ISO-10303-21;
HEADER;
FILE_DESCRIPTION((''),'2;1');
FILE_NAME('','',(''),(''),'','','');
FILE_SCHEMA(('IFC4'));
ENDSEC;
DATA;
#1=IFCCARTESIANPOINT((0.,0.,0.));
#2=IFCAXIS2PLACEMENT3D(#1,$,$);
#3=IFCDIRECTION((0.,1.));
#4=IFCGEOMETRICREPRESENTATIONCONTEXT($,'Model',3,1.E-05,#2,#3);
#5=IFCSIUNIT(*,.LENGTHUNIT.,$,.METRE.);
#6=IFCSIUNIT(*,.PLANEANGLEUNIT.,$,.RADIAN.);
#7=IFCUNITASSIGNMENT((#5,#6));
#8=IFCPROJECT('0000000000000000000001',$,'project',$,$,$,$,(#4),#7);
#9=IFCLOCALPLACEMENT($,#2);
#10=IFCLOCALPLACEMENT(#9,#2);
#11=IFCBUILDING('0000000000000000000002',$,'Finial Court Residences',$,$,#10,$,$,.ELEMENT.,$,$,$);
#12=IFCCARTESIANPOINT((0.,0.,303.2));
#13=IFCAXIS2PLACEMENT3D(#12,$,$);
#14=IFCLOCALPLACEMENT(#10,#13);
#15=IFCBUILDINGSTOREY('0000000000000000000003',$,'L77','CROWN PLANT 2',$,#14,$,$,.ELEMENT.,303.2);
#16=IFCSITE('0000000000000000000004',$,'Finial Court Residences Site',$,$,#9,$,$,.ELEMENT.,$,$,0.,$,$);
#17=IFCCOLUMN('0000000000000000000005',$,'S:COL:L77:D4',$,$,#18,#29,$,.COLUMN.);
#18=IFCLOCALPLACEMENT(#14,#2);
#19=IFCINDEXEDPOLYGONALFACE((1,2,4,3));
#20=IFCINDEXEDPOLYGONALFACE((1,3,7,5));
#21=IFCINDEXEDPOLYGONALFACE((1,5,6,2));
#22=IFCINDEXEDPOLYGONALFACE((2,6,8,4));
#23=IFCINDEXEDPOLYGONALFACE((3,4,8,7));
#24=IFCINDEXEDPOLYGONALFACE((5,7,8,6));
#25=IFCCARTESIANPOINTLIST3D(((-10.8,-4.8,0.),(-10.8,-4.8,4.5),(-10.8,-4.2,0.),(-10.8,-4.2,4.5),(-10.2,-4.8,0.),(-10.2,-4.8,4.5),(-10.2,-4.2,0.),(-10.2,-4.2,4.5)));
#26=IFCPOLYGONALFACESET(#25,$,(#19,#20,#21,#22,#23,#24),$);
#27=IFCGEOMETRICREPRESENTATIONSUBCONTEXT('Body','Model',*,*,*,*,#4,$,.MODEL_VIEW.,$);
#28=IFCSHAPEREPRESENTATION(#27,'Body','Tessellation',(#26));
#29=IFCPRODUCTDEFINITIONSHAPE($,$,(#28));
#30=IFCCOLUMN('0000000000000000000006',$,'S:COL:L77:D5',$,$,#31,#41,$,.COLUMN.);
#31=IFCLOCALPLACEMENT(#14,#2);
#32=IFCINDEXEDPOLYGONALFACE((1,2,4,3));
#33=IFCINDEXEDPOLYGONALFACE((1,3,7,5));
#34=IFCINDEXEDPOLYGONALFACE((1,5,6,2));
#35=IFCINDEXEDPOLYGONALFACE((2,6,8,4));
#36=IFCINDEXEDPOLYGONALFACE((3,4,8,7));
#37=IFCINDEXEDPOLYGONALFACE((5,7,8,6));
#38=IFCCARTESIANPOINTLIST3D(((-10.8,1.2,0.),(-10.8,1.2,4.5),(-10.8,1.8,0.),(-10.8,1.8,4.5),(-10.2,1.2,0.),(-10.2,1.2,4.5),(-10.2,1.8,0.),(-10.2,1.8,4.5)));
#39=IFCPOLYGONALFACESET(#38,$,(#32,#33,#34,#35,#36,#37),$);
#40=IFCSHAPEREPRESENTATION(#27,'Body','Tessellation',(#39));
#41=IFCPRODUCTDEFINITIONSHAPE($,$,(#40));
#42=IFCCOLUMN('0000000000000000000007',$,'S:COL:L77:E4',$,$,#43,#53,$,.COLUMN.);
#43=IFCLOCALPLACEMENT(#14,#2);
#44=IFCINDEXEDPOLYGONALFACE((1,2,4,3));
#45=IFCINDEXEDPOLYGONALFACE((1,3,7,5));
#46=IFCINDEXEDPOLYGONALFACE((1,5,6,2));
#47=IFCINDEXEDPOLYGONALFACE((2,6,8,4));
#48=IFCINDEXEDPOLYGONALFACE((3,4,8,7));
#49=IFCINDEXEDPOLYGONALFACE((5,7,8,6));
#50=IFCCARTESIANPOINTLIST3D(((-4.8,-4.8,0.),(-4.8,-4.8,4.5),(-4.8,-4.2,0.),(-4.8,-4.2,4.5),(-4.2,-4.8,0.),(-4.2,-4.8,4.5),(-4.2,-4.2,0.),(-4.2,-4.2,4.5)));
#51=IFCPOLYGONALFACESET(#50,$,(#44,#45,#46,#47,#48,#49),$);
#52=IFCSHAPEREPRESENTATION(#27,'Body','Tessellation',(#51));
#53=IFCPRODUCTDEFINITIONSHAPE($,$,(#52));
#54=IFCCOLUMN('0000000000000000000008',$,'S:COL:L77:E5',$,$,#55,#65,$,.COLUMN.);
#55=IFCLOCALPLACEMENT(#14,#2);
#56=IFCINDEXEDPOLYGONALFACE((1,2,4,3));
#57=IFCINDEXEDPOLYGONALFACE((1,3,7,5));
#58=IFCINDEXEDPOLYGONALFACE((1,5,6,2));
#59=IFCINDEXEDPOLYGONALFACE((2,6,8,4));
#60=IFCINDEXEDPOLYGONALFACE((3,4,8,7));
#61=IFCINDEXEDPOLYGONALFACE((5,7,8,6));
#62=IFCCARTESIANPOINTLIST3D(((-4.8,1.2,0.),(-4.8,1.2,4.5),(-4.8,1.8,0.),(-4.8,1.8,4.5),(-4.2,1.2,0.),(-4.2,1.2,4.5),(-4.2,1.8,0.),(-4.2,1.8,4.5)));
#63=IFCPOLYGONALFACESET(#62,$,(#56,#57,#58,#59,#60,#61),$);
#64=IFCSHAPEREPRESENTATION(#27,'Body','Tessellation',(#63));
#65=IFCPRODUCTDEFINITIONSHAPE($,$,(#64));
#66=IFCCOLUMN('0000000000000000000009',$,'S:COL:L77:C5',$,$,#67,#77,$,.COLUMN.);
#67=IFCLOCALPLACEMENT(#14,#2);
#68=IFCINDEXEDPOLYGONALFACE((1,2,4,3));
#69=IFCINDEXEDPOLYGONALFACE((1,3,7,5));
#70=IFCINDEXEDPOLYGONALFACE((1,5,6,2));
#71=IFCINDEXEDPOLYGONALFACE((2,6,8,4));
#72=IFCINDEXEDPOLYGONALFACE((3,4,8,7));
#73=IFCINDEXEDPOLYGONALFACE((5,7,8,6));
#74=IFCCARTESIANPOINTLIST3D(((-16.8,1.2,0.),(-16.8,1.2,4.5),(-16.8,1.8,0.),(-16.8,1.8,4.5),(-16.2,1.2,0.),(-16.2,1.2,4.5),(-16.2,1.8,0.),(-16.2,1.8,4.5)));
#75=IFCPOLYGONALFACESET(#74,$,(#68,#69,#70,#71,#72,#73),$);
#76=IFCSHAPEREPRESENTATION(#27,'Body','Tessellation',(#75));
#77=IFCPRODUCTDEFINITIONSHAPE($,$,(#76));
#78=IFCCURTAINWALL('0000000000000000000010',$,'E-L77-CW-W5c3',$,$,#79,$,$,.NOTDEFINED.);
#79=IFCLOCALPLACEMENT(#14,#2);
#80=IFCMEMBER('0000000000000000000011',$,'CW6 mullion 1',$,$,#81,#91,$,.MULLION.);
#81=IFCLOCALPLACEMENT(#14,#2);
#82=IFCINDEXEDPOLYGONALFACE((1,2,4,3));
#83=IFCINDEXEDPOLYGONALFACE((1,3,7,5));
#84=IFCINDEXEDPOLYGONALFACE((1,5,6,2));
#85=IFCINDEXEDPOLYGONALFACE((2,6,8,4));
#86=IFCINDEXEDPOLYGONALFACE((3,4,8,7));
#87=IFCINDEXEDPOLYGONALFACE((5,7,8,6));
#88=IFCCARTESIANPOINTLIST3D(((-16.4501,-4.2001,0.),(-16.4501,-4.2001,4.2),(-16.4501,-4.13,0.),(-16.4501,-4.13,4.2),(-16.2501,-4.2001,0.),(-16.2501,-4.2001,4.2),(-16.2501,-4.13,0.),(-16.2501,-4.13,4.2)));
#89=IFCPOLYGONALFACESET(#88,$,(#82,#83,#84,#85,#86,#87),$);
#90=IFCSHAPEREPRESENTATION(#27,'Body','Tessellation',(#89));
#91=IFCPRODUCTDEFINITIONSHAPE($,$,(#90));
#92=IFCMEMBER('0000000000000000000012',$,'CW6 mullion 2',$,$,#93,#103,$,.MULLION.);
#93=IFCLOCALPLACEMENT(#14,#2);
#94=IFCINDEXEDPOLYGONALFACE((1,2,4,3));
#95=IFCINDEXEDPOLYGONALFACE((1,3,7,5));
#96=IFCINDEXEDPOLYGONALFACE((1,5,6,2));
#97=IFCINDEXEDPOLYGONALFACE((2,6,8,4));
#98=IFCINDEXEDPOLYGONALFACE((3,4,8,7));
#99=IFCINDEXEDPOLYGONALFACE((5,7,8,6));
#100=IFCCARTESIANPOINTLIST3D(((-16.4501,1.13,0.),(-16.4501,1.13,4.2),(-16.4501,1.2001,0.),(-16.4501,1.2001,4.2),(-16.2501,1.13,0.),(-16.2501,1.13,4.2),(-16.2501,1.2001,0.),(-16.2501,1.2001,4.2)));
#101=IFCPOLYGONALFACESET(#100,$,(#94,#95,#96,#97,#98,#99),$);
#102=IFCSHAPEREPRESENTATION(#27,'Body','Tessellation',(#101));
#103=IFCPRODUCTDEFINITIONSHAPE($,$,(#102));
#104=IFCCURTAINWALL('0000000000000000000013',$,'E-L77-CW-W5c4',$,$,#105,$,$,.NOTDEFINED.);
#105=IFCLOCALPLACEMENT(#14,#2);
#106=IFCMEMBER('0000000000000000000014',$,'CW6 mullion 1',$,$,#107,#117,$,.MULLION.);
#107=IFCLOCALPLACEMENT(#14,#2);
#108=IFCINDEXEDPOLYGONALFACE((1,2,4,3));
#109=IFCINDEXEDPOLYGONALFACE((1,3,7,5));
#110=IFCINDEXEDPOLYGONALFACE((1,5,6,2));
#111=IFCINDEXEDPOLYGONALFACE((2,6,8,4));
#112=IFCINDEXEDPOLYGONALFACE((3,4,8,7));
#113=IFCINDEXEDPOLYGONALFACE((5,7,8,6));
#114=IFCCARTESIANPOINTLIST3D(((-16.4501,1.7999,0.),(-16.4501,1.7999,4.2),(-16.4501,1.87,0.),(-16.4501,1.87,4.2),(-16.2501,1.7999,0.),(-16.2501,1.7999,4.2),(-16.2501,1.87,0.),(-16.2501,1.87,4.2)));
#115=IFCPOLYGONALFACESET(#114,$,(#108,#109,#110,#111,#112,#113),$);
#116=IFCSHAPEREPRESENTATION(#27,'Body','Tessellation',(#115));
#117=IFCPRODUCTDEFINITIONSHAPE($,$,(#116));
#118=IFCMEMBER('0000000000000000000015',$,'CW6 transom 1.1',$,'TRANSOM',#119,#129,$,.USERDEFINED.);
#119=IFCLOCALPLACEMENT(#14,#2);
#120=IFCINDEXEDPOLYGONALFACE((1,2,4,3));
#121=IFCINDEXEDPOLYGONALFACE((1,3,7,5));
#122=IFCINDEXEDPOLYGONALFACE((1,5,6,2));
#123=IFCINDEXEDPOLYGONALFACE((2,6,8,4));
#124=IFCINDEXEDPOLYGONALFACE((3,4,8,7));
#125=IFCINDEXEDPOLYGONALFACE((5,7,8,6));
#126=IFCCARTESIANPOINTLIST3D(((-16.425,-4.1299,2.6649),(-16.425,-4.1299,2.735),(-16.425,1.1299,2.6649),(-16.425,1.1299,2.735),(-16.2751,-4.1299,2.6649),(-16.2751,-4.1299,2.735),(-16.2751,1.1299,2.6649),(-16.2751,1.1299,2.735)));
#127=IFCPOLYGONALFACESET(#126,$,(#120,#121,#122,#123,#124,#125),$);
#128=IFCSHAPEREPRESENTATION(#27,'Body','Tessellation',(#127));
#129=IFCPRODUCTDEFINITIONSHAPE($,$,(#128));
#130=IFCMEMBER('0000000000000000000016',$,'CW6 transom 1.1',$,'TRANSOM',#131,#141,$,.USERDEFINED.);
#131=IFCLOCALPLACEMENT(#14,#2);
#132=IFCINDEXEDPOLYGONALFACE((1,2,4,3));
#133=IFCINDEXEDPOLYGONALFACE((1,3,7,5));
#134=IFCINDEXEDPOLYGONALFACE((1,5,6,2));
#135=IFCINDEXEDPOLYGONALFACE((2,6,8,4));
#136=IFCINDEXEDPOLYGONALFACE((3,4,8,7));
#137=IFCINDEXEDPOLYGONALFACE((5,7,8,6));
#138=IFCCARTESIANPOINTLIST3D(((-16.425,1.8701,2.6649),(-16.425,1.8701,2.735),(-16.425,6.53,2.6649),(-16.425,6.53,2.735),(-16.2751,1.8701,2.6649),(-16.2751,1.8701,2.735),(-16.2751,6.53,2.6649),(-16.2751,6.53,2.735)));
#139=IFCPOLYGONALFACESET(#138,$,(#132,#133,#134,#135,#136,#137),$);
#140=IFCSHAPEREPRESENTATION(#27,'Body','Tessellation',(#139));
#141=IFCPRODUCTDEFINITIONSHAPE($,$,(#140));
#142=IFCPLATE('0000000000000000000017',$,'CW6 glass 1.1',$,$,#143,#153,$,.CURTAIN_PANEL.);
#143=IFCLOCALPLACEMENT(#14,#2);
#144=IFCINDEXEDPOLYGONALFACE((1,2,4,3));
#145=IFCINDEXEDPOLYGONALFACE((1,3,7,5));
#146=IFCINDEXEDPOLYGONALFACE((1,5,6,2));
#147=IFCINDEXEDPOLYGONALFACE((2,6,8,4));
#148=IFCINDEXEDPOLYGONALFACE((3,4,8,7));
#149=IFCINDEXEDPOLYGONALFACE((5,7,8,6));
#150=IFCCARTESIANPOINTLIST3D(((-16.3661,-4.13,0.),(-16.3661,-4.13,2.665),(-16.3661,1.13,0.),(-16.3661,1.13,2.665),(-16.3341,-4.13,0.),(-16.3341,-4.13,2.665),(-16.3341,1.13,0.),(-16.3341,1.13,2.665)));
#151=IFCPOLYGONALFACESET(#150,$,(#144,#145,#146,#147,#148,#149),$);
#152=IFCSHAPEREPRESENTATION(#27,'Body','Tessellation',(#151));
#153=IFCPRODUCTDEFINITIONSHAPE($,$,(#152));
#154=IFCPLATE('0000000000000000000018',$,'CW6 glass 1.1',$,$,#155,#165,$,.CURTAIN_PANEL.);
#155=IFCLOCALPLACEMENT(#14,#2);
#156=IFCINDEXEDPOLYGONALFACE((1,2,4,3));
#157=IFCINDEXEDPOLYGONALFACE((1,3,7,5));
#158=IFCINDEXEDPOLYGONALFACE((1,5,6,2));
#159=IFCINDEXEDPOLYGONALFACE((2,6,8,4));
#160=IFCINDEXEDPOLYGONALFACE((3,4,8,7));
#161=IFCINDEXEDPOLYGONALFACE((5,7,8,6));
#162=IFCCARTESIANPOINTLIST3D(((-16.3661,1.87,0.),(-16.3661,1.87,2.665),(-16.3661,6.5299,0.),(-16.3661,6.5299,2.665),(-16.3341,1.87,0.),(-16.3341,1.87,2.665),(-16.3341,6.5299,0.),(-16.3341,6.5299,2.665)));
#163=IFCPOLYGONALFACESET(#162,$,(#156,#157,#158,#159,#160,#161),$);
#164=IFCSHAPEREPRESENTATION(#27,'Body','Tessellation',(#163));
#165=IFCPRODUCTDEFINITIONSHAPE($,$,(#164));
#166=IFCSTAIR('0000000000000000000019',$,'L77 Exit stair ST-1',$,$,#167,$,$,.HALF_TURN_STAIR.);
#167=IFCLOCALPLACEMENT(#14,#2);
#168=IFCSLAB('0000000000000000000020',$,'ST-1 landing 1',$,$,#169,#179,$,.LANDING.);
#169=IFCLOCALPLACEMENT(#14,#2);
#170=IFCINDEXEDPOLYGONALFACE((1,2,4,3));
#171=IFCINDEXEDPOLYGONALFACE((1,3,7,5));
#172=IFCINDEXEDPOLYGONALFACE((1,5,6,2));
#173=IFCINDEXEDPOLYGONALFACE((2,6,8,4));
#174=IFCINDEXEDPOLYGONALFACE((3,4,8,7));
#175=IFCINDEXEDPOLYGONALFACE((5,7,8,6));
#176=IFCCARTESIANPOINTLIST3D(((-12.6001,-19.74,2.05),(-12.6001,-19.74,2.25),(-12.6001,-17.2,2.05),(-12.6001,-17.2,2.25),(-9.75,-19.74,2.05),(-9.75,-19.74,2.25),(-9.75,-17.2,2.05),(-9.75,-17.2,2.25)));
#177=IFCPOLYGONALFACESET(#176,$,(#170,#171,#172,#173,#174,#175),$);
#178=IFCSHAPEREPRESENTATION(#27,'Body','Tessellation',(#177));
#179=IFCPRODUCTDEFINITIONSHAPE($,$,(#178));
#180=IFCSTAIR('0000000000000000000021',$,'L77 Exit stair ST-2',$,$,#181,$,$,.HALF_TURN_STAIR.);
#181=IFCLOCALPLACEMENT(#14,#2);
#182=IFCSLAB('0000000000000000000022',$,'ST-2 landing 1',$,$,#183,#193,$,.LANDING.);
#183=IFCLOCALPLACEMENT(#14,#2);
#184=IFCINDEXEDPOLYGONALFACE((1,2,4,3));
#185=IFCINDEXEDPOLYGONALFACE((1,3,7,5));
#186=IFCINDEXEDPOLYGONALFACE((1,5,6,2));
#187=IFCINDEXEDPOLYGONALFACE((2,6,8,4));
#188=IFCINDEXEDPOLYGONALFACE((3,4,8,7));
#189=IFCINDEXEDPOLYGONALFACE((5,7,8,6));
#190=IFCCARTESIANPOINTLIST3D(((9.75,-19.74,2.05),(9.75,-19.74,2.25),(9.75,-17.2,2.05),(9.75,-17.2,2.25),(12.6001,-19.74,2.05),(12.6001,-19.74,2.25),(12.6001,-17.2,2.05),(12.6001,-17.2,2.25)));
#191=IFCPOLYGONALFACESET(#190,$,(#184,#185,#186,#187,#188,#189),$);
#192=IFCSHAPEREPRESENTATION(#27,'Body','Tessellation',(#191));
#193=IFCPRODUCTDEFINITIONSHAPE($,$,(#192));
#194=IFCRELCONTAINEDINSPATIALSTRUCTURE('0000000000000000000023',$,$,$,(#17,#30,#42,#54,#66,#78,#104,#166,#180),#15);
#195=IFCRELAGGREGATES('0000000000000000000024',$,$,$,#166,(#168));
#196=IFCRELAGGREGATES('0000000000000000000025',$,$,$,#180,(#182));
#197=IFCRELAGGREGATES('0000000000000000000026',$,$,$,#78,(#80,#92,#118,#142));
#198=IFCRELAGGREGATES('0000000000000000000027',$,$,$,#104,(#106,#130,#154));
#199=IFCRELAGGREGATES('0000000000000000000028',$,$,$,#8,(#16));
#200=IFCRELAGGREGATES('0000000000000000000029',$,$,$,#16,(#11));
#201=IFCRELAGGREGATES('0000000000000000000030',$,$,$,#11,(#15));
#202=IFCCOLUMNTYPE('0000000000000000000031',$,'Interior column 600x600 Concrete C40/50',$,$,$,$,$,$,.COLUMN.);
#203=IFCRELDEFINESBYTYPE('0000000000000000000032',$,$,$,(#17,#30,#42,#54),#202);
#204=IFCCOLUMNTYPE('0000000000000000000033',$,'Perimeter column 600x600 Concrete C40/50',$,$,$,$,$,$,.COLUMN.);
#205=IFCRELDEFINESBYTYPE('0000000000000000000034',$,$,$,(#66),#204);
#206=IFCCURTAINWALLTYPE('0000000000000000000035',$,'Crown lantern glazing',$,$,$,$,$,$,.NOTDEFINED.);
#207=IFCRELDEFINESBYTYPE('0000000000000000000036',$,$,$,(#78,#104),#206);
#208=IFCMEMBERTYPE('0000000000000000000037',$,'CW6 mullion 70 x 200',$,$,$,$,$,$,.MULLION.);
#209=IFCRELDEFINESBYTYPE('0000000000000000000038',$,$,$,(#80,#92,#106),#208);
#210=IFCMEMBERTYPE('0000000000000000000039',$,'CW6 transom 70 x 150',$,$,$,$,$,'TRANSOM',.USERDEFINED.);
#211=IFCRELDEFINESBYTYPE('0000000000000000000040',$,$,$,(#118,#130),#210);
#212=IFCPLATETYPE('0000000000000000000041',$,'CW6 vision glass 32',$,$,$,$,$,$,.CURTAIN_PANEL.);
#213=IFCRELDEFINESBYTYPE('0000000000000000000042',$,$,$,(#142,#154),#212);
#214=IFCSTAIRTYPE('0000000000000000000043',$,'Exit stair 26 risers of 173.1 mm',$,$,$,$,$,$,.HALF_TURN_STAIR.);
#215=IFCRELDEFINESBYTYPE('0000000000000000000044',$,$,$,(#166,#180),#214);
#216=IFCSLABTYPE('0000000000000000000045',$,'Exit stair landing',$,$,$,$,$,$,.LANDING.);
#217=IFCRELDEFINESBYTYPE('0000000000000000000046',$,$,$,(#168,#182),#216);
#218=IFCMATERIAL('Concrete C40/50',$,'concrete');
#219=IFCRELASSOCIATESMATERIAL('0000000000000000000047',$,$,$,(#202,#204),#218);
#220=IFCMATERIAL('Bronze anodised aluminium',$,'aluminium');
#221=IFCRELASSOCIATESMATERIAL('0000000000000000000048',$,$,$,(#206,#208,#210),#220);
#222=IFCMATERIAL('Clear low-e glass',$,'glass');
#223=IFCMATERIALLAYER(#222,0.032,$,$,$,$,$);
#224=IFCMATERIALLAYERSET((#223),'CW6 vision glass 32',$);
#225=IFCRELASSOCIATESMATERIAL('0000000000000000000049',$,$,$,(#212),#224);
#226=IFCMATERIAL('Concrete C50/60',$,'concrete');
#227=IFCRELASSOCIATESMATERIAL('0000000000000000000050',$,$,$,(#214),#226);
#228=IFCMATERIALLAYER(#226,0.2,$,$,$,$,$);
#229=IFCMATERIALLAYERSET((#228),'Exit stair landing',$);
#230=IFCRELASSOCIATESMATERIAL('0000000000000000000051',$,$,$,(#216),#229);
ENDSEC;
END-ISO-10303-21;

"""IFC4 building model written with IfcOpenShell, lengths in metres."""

from ifc_helpers import new_model, si_unit, direction, frame, origin, origin_2d, place, context, subcontext, project, spatial, polyline, rectangle, outline, extrude, material, layer, layer_set, material_profile, profile_set, type_object, element, aggregate, save


model = new_model("IFC4")

# Units and contexts
model_context = context("Model", 3, precision=1e-05, world=origin(), true_north=direction((0.0, 1.0)))
body_context = subcontext(model_context, "Body", "Model", "MODEL_VIEW")
ifc_project = project(units=[si_unit("LENGTHUNIT", "METRE"), si_unit("PLANEANGLEUNIT", "RADIAN")], contexts=[model_context])

# Site, building, storey
site_placement = place(None, origin())
site = spatial("IfcSite", under=ifc_project, at=site_placement, Name="Finial Court Residences Site", CompositionType="ELEMENT", RefElevation=0.0)
building_placement = place(site_placement, origin())
building = spatial("IfcBuilding", under=site, at=building_placement, Name="Finial Court Residences", CompositionType="ELEMENT")
storey_placement = place(building_placement, frame((0.0, 0.0, 303.2)))
storey = spatial("IfcBuildingStorey", under=building, at=storey_placement, Name="L77", Description="CROWN PLANT 2", CompositionType="ELEMENT", Elevation=303.2)

# Columns
ifc_material_1 = material(Name="Concrete C40/50", Category="concrete")
ifc_material_profile_1 = material_profile(ifc_material_1, rectangle(XDim=0.6001, YDim=0.6001, at=origin_2d()), Name="600x600")
ifc_profile_set_1 = profile_set([ifc_material_profile_1], Name="Concrete C40/50")
column_type_1 = type_object("IfcColumnType", Name="Interior column 600x600 Concrete C40/50", PredefinedType="COLUMN", material=ifc_profile_set_1)
for number, where, z_axis, x_axis, name in (
    (1, (-10.5, -4.5, 0.0), (0.0, 0.0, 1.0), (1.0, 0.0, 0.0), "S:COL:L77:D4"),
    (2, (-10.5, 1.5, 0.0), (0.0, 0.0, 1.0), (1.0, 0.0, 0.0), "S:COL:L77:D5"),
    (3, (-4.5, -4.5, 0.0), (0.0, 0.0, 1.0), (1.0, 0.0, 0.0), "S:COL:L77:E4"),
    (4, (-4.5, 1.5, 0.0), (0.0, 0.0, 1.0), (1.0, 0.0, 0.0), "S:COL:L77:E5"),
):
    element("IfcColumn", number, at=place(storey_placement, frame(where, z_axis=z_axis, x_axis=x_axis)), inside=storey, type_object=column_type_1, Name=name, PredefinedType="COLUMN", context=body_context, shape_type="SweptSolid", body=[
        extrude(rectangle(XDim=0.6001, YDim=0.6001, at=origin_2d()), origin(), (0.0, 0.0, 1.0), 4.5),
    ])
ifc_material_profile_2 = material_profile(ifc_material_1, rectangle(XDim=0.6001, YDim=0.6001, at=origin_2d()), Name="600x600")
ifc_profile_set_2 = profile_set([ifc_material_profile_2], Name="Concrete C40/50")
column_type_2 = type_object("IfcColumnType", Name="Perimeter column 600x600 Concrete C40/50", PredefinedType="COLUMN", material=ifc_profile_set_2)
column_placement = place(storey_placement, frame((-16.5, 1.5, 0.0), z_axis=(0.0, 0.0, 1.0), x_axis=(1.0, 0.0, 0.0)))
element("IfcColumn", 5, at=column_placement, inside=storey, type_object=column_type_2, Name="S:COL:L77:C5", PredefinedType="COLUMN", context=body_context, shape_type="SweptSolid", body=[
    extrude(rectangle(XDim=0.6001, YDim=0.6001, at=origin_2d()), origin(), (0.0, 0.0, 1.0), 4.5),
])

# Curtain wall, members
ifc_material_2 = material(Name="Bronze anodised aluminium", Category="aluminium")
curtain_wall_type = type_object("IfcCurtainWallType", Name="Crown lantern glazing", PredefinedType="NOTDEFINED", material=ifc_material_2)
curtain_wall_1_placement = place(storey_placement, origin())
curtain_wall_1 = element("IfcCurtainWall", 6, at=curtain_wall_1_placement, inside=storey, type_object=curtain_wall_type, Name="E-L77-CW-W5c3", PredefinedType="NOTDEFINED")
ifc_material_profile_3 = material_profile(ifc_material_2, rectangle(XDim=0.2, YDim=0.0701, at=origin_2d()), Name="CW6 mullion 70 x 200")
ifc_profile_set_3 = profile_set([ifc_material_profile_3], Name="Bronze anodised aluminium")
member_type_1 = type_object("IfcMemberType", Name="CW6 mullion 70 x 200", PredefinedType="MULLION", material=ifc_profile_set_3)
member_1_placement = place(storey_placement, frame((-16.3501, -4.165, 0.0), z_axis=(0.0, 0.0, 1.0), x_axis=(-1.0, 0.0, 0.0)))
member_1 = element("IfcMember", 7, at=member_1_placement, type_object=member_type_1, Name="CW6 mullion 1", PredefinedType="MULLION", context=body_context, shape_type="SweptSolid", body=[
    extrude(rectangle(XDim=0.2, YDim=0.0701, at=origin_2d()), origin(), (0.0, 0.0, 1.0), 4.2),
])
member_2_placement = place(storey_placement, frame((-16.3501, 1.165, 0.0), z_axis=(0.0, 0.0, 1.0), x_axis=(-1.0, 0.0, 0.0)))
member_2 = element("IfcMember", 8, at=member_2_placement, type_object=member_type_1, Name="CW6 mullion 2", PredefinedType="MULLION", context=body_context, shape_type="SweptSolid", body=[
    extrude(rectangle(XDim=0.2, YDim=0.0701, at=origin_2d()), origin(), (0.0, 0.0, 1.0), 4.2),
])

# Curtain wall, member
curtain_wall_2_placement = place(storey_placement, origin())
curtain_wall_2 = element("IfcCurtainWall", 9, at=curtain_wall_2_placement, inside=storey, type_object=curtain_wall_type, Name="E-L77-CW-W5c4", PredefinedType="NOTDEFINED")
member_3_placement = place(storey_placement, frame((-16.3501, 1.835, 0.0), z_axis=(0.0, 0.0, 1.0), x_axis=(-1.0, 0.0, 0.0)))
member_3 = element("IfcMember", 10, at=member_3_placement, type_object=member_type_1, Name="CW6 mullion 1", PredefinedType="MULLION", context=body_context, shape_type="SweptSolid", body=[
    extrude(rectangle(XDim=0.2, YDim=0.0701, at=origin_2d()), origin(), (0.0, 0.0, 1.0), 4.2),
])

# Members
ifc_material_profile_4 = material_profile(ifc_material_2, rectangle(XDim=0.1499, YDim=0.0701, at=origin_2d()), Name="CW6 transom 70 x 150")
ifc_profile_set_4 = profile_set([ifc_material_profile_4], Name="Bronze anodised aluminium")
member_type_2 = type_object("IfcMemberType", Name="CW6 transom 70 x 150", ElementType="TRANSOM", PredefinedType="USERDEFINED", material=ifc_profile_set_4)
member_4_placement = place(storey_placement, frame((-16.3501, -4.1299, 2.7), z_axis=(0.0, 1.0, 0.0), x_axis=(-1.0, 0.0, 0.0)))
member_4 = element("IfcMember", 11, at=member_4_placement, type_object=member_type_2, Name="CW6 transom 1.1", ObjectType="TRANSOM", PredefinedType="USERDEFINED", context=body_context, shape_type="SweptSolid", body=[
    extrude(rectangle(XDim=0.1499, YDim=0.0701, at=origin_2d()), origin(), (0.0, 0.0, 1.0), 5.2598),
])
member_5_placement = place(storey_placement, frame((-16.3501, 1.8701, 2.7), z_axis=(0.0, 1.0, 0.0), x_axis=(-1.0, 0.0, 0.0)))
member_5 = element("IfcMember", 12, at=member_5_placement, type_object=member_type_2, Name="CW6 transom 1.1", ObjectType="TRANSOM", PredefinedType="USERDEFINED", context=body_context, shape_type="SweptSolid", body=[
    extrude(rectangle(XDim=0.1499, YDim=0.0701, at=origin_2d()), origin(), (0.0, 0.0, 1.0), 4.6599),
])

# Plates
ifc_material_3 = material(Name="Clear low-e glass", Category="glass")
ifc_layer_1 = layer(ifc_material_3, 0.032)
ifc_layer_set_1 = layer_set([ifc_layer_1], Name="CW6 vision glass 32")
plate_type = type_object("IfcPlateType", Name="CW6 vision glass 32", PredefinedType="CURTAIN_PANEL", material=ifc_layer_set_1)
plate_1_placement = place(storey_placement, frame((-16.3501, -1.5, 0.0), z_axis=(0.0, 0.0, 1.0), x_axis=(0.0, 1.0, 0.0)))
plate_1 = element("IfcPlate", 13, at=plate_1_placement, type_object=plate_type, Name="CW6 glass 1.1", PredefinedType="CURTAIN_PANEL", context=body_context, shape_type="SweptSolid", body=[
    extrude(rectangle(XDim=5.26, YDim=0.032, at=origin_2d()), origin(), (0.0, 0.0, 1.0), 2.665),
])
plate_2_placement = place(storey_placement, frame((-16.3501, 4.2, 0.0), z_axis=(0.0, 0.0, 1.0), x_axis=(0.0, 1.0, 0.0)))
plate_2 = element("IfcPlate", 14, at=plate_2_placement, type_object=plate_type, Name="CW6 glass 1.1", PredefinedType="CURTAIN_PANEL", context=body_context, shape_type="SweptSolid", body=[
    extrude(rectangle(XDim=4.6599, YDim=0.032, at=origin_2d()), origin(), (0.0, 0.0, 1.0), 2.665),
])

# Stairs, slabs
ifc_material_4 = material(Name="Concrete C50/60", Category="concrete")
stair_type = type_object("IfcStairType", Name="Exit stair 26 risers of 173.1 mm", PredefinedType="HALF_TURN_STAIR", material=ifc_material_4)
stair_1_placement = place(storey_placement, origin())
stair_1 = element("IfcStair", 15, at=stair_1_placement, inside=storey, type_object=stair_type, Name="L77 Exit stair ST-1", PredefinedType="HALF_TURN_STAIR")
ifc_layer_2 = layer(ifc_material_4, 0.2)
ifc_layer_set_2 = layer_set([ifc_layer_2], Name="Exit stair landing")
slab_type_1 = type_object("IfcSlabType", Name="Exit stair landing", PredefinedType="LANDING", material=ifc_layer_set_2)
slab_1_placement = place(storey_placement, frame((0.0, 0.0, 2.05)))
slab_1 = element("IfcSlab", 16, at=slab_1_placement, type_object=slab_type_1, Name="ST-1 landing 1", PredefinedType="LANDING", context=body_context, shape_type="SweptSolid", body=[
    extrude(outline(polyline([(-9.75, -19.74), (-9.75, -17.2), (-12.6001, -17.2), (-12.6001, -19.74), (-9.75, -19.74)])), origin(), (0.0, 0.0, 1.0), 0.2),
])
aggregate(stair_1, [slab_1])
stair_2_placement = place(storey_placement, origin())
stair_2 = element("IfcStair", 17, at=stair_2_placement, inside=storey, type_object=stair_type, Name="L77 Exit stair ST-2", PredefinedType="HALF_TURN_STAIR")
slab_2_placement = place(storey_placement, frame((0.0, 0.0, 2.05)))
slab_2 = element("IfcSlab", 18, at=slab_2_placement, type_object=slab_type_1, Name="ST-2 landing 1", PredefinedType="LANDING", context=body_context, shape_type="SweptSolid", body=[
    extrude(outline(polyline([(12.6001, -19.74), (12.6001, -17.2), (9.75, -17.2), (9.75, -19.74), (12.6001, -19.74)])), origin(), (0.0, 0.0, 1.0), 0.2),
])
aggregate(stair_2, [slab_2])

aggregate(curtain_wall_1, [member_1, member_2, member_4, plate_1])
aggregate(curtain_wall_2, [member_3, member_5, plate_2])

save(model, "model.ifc")
